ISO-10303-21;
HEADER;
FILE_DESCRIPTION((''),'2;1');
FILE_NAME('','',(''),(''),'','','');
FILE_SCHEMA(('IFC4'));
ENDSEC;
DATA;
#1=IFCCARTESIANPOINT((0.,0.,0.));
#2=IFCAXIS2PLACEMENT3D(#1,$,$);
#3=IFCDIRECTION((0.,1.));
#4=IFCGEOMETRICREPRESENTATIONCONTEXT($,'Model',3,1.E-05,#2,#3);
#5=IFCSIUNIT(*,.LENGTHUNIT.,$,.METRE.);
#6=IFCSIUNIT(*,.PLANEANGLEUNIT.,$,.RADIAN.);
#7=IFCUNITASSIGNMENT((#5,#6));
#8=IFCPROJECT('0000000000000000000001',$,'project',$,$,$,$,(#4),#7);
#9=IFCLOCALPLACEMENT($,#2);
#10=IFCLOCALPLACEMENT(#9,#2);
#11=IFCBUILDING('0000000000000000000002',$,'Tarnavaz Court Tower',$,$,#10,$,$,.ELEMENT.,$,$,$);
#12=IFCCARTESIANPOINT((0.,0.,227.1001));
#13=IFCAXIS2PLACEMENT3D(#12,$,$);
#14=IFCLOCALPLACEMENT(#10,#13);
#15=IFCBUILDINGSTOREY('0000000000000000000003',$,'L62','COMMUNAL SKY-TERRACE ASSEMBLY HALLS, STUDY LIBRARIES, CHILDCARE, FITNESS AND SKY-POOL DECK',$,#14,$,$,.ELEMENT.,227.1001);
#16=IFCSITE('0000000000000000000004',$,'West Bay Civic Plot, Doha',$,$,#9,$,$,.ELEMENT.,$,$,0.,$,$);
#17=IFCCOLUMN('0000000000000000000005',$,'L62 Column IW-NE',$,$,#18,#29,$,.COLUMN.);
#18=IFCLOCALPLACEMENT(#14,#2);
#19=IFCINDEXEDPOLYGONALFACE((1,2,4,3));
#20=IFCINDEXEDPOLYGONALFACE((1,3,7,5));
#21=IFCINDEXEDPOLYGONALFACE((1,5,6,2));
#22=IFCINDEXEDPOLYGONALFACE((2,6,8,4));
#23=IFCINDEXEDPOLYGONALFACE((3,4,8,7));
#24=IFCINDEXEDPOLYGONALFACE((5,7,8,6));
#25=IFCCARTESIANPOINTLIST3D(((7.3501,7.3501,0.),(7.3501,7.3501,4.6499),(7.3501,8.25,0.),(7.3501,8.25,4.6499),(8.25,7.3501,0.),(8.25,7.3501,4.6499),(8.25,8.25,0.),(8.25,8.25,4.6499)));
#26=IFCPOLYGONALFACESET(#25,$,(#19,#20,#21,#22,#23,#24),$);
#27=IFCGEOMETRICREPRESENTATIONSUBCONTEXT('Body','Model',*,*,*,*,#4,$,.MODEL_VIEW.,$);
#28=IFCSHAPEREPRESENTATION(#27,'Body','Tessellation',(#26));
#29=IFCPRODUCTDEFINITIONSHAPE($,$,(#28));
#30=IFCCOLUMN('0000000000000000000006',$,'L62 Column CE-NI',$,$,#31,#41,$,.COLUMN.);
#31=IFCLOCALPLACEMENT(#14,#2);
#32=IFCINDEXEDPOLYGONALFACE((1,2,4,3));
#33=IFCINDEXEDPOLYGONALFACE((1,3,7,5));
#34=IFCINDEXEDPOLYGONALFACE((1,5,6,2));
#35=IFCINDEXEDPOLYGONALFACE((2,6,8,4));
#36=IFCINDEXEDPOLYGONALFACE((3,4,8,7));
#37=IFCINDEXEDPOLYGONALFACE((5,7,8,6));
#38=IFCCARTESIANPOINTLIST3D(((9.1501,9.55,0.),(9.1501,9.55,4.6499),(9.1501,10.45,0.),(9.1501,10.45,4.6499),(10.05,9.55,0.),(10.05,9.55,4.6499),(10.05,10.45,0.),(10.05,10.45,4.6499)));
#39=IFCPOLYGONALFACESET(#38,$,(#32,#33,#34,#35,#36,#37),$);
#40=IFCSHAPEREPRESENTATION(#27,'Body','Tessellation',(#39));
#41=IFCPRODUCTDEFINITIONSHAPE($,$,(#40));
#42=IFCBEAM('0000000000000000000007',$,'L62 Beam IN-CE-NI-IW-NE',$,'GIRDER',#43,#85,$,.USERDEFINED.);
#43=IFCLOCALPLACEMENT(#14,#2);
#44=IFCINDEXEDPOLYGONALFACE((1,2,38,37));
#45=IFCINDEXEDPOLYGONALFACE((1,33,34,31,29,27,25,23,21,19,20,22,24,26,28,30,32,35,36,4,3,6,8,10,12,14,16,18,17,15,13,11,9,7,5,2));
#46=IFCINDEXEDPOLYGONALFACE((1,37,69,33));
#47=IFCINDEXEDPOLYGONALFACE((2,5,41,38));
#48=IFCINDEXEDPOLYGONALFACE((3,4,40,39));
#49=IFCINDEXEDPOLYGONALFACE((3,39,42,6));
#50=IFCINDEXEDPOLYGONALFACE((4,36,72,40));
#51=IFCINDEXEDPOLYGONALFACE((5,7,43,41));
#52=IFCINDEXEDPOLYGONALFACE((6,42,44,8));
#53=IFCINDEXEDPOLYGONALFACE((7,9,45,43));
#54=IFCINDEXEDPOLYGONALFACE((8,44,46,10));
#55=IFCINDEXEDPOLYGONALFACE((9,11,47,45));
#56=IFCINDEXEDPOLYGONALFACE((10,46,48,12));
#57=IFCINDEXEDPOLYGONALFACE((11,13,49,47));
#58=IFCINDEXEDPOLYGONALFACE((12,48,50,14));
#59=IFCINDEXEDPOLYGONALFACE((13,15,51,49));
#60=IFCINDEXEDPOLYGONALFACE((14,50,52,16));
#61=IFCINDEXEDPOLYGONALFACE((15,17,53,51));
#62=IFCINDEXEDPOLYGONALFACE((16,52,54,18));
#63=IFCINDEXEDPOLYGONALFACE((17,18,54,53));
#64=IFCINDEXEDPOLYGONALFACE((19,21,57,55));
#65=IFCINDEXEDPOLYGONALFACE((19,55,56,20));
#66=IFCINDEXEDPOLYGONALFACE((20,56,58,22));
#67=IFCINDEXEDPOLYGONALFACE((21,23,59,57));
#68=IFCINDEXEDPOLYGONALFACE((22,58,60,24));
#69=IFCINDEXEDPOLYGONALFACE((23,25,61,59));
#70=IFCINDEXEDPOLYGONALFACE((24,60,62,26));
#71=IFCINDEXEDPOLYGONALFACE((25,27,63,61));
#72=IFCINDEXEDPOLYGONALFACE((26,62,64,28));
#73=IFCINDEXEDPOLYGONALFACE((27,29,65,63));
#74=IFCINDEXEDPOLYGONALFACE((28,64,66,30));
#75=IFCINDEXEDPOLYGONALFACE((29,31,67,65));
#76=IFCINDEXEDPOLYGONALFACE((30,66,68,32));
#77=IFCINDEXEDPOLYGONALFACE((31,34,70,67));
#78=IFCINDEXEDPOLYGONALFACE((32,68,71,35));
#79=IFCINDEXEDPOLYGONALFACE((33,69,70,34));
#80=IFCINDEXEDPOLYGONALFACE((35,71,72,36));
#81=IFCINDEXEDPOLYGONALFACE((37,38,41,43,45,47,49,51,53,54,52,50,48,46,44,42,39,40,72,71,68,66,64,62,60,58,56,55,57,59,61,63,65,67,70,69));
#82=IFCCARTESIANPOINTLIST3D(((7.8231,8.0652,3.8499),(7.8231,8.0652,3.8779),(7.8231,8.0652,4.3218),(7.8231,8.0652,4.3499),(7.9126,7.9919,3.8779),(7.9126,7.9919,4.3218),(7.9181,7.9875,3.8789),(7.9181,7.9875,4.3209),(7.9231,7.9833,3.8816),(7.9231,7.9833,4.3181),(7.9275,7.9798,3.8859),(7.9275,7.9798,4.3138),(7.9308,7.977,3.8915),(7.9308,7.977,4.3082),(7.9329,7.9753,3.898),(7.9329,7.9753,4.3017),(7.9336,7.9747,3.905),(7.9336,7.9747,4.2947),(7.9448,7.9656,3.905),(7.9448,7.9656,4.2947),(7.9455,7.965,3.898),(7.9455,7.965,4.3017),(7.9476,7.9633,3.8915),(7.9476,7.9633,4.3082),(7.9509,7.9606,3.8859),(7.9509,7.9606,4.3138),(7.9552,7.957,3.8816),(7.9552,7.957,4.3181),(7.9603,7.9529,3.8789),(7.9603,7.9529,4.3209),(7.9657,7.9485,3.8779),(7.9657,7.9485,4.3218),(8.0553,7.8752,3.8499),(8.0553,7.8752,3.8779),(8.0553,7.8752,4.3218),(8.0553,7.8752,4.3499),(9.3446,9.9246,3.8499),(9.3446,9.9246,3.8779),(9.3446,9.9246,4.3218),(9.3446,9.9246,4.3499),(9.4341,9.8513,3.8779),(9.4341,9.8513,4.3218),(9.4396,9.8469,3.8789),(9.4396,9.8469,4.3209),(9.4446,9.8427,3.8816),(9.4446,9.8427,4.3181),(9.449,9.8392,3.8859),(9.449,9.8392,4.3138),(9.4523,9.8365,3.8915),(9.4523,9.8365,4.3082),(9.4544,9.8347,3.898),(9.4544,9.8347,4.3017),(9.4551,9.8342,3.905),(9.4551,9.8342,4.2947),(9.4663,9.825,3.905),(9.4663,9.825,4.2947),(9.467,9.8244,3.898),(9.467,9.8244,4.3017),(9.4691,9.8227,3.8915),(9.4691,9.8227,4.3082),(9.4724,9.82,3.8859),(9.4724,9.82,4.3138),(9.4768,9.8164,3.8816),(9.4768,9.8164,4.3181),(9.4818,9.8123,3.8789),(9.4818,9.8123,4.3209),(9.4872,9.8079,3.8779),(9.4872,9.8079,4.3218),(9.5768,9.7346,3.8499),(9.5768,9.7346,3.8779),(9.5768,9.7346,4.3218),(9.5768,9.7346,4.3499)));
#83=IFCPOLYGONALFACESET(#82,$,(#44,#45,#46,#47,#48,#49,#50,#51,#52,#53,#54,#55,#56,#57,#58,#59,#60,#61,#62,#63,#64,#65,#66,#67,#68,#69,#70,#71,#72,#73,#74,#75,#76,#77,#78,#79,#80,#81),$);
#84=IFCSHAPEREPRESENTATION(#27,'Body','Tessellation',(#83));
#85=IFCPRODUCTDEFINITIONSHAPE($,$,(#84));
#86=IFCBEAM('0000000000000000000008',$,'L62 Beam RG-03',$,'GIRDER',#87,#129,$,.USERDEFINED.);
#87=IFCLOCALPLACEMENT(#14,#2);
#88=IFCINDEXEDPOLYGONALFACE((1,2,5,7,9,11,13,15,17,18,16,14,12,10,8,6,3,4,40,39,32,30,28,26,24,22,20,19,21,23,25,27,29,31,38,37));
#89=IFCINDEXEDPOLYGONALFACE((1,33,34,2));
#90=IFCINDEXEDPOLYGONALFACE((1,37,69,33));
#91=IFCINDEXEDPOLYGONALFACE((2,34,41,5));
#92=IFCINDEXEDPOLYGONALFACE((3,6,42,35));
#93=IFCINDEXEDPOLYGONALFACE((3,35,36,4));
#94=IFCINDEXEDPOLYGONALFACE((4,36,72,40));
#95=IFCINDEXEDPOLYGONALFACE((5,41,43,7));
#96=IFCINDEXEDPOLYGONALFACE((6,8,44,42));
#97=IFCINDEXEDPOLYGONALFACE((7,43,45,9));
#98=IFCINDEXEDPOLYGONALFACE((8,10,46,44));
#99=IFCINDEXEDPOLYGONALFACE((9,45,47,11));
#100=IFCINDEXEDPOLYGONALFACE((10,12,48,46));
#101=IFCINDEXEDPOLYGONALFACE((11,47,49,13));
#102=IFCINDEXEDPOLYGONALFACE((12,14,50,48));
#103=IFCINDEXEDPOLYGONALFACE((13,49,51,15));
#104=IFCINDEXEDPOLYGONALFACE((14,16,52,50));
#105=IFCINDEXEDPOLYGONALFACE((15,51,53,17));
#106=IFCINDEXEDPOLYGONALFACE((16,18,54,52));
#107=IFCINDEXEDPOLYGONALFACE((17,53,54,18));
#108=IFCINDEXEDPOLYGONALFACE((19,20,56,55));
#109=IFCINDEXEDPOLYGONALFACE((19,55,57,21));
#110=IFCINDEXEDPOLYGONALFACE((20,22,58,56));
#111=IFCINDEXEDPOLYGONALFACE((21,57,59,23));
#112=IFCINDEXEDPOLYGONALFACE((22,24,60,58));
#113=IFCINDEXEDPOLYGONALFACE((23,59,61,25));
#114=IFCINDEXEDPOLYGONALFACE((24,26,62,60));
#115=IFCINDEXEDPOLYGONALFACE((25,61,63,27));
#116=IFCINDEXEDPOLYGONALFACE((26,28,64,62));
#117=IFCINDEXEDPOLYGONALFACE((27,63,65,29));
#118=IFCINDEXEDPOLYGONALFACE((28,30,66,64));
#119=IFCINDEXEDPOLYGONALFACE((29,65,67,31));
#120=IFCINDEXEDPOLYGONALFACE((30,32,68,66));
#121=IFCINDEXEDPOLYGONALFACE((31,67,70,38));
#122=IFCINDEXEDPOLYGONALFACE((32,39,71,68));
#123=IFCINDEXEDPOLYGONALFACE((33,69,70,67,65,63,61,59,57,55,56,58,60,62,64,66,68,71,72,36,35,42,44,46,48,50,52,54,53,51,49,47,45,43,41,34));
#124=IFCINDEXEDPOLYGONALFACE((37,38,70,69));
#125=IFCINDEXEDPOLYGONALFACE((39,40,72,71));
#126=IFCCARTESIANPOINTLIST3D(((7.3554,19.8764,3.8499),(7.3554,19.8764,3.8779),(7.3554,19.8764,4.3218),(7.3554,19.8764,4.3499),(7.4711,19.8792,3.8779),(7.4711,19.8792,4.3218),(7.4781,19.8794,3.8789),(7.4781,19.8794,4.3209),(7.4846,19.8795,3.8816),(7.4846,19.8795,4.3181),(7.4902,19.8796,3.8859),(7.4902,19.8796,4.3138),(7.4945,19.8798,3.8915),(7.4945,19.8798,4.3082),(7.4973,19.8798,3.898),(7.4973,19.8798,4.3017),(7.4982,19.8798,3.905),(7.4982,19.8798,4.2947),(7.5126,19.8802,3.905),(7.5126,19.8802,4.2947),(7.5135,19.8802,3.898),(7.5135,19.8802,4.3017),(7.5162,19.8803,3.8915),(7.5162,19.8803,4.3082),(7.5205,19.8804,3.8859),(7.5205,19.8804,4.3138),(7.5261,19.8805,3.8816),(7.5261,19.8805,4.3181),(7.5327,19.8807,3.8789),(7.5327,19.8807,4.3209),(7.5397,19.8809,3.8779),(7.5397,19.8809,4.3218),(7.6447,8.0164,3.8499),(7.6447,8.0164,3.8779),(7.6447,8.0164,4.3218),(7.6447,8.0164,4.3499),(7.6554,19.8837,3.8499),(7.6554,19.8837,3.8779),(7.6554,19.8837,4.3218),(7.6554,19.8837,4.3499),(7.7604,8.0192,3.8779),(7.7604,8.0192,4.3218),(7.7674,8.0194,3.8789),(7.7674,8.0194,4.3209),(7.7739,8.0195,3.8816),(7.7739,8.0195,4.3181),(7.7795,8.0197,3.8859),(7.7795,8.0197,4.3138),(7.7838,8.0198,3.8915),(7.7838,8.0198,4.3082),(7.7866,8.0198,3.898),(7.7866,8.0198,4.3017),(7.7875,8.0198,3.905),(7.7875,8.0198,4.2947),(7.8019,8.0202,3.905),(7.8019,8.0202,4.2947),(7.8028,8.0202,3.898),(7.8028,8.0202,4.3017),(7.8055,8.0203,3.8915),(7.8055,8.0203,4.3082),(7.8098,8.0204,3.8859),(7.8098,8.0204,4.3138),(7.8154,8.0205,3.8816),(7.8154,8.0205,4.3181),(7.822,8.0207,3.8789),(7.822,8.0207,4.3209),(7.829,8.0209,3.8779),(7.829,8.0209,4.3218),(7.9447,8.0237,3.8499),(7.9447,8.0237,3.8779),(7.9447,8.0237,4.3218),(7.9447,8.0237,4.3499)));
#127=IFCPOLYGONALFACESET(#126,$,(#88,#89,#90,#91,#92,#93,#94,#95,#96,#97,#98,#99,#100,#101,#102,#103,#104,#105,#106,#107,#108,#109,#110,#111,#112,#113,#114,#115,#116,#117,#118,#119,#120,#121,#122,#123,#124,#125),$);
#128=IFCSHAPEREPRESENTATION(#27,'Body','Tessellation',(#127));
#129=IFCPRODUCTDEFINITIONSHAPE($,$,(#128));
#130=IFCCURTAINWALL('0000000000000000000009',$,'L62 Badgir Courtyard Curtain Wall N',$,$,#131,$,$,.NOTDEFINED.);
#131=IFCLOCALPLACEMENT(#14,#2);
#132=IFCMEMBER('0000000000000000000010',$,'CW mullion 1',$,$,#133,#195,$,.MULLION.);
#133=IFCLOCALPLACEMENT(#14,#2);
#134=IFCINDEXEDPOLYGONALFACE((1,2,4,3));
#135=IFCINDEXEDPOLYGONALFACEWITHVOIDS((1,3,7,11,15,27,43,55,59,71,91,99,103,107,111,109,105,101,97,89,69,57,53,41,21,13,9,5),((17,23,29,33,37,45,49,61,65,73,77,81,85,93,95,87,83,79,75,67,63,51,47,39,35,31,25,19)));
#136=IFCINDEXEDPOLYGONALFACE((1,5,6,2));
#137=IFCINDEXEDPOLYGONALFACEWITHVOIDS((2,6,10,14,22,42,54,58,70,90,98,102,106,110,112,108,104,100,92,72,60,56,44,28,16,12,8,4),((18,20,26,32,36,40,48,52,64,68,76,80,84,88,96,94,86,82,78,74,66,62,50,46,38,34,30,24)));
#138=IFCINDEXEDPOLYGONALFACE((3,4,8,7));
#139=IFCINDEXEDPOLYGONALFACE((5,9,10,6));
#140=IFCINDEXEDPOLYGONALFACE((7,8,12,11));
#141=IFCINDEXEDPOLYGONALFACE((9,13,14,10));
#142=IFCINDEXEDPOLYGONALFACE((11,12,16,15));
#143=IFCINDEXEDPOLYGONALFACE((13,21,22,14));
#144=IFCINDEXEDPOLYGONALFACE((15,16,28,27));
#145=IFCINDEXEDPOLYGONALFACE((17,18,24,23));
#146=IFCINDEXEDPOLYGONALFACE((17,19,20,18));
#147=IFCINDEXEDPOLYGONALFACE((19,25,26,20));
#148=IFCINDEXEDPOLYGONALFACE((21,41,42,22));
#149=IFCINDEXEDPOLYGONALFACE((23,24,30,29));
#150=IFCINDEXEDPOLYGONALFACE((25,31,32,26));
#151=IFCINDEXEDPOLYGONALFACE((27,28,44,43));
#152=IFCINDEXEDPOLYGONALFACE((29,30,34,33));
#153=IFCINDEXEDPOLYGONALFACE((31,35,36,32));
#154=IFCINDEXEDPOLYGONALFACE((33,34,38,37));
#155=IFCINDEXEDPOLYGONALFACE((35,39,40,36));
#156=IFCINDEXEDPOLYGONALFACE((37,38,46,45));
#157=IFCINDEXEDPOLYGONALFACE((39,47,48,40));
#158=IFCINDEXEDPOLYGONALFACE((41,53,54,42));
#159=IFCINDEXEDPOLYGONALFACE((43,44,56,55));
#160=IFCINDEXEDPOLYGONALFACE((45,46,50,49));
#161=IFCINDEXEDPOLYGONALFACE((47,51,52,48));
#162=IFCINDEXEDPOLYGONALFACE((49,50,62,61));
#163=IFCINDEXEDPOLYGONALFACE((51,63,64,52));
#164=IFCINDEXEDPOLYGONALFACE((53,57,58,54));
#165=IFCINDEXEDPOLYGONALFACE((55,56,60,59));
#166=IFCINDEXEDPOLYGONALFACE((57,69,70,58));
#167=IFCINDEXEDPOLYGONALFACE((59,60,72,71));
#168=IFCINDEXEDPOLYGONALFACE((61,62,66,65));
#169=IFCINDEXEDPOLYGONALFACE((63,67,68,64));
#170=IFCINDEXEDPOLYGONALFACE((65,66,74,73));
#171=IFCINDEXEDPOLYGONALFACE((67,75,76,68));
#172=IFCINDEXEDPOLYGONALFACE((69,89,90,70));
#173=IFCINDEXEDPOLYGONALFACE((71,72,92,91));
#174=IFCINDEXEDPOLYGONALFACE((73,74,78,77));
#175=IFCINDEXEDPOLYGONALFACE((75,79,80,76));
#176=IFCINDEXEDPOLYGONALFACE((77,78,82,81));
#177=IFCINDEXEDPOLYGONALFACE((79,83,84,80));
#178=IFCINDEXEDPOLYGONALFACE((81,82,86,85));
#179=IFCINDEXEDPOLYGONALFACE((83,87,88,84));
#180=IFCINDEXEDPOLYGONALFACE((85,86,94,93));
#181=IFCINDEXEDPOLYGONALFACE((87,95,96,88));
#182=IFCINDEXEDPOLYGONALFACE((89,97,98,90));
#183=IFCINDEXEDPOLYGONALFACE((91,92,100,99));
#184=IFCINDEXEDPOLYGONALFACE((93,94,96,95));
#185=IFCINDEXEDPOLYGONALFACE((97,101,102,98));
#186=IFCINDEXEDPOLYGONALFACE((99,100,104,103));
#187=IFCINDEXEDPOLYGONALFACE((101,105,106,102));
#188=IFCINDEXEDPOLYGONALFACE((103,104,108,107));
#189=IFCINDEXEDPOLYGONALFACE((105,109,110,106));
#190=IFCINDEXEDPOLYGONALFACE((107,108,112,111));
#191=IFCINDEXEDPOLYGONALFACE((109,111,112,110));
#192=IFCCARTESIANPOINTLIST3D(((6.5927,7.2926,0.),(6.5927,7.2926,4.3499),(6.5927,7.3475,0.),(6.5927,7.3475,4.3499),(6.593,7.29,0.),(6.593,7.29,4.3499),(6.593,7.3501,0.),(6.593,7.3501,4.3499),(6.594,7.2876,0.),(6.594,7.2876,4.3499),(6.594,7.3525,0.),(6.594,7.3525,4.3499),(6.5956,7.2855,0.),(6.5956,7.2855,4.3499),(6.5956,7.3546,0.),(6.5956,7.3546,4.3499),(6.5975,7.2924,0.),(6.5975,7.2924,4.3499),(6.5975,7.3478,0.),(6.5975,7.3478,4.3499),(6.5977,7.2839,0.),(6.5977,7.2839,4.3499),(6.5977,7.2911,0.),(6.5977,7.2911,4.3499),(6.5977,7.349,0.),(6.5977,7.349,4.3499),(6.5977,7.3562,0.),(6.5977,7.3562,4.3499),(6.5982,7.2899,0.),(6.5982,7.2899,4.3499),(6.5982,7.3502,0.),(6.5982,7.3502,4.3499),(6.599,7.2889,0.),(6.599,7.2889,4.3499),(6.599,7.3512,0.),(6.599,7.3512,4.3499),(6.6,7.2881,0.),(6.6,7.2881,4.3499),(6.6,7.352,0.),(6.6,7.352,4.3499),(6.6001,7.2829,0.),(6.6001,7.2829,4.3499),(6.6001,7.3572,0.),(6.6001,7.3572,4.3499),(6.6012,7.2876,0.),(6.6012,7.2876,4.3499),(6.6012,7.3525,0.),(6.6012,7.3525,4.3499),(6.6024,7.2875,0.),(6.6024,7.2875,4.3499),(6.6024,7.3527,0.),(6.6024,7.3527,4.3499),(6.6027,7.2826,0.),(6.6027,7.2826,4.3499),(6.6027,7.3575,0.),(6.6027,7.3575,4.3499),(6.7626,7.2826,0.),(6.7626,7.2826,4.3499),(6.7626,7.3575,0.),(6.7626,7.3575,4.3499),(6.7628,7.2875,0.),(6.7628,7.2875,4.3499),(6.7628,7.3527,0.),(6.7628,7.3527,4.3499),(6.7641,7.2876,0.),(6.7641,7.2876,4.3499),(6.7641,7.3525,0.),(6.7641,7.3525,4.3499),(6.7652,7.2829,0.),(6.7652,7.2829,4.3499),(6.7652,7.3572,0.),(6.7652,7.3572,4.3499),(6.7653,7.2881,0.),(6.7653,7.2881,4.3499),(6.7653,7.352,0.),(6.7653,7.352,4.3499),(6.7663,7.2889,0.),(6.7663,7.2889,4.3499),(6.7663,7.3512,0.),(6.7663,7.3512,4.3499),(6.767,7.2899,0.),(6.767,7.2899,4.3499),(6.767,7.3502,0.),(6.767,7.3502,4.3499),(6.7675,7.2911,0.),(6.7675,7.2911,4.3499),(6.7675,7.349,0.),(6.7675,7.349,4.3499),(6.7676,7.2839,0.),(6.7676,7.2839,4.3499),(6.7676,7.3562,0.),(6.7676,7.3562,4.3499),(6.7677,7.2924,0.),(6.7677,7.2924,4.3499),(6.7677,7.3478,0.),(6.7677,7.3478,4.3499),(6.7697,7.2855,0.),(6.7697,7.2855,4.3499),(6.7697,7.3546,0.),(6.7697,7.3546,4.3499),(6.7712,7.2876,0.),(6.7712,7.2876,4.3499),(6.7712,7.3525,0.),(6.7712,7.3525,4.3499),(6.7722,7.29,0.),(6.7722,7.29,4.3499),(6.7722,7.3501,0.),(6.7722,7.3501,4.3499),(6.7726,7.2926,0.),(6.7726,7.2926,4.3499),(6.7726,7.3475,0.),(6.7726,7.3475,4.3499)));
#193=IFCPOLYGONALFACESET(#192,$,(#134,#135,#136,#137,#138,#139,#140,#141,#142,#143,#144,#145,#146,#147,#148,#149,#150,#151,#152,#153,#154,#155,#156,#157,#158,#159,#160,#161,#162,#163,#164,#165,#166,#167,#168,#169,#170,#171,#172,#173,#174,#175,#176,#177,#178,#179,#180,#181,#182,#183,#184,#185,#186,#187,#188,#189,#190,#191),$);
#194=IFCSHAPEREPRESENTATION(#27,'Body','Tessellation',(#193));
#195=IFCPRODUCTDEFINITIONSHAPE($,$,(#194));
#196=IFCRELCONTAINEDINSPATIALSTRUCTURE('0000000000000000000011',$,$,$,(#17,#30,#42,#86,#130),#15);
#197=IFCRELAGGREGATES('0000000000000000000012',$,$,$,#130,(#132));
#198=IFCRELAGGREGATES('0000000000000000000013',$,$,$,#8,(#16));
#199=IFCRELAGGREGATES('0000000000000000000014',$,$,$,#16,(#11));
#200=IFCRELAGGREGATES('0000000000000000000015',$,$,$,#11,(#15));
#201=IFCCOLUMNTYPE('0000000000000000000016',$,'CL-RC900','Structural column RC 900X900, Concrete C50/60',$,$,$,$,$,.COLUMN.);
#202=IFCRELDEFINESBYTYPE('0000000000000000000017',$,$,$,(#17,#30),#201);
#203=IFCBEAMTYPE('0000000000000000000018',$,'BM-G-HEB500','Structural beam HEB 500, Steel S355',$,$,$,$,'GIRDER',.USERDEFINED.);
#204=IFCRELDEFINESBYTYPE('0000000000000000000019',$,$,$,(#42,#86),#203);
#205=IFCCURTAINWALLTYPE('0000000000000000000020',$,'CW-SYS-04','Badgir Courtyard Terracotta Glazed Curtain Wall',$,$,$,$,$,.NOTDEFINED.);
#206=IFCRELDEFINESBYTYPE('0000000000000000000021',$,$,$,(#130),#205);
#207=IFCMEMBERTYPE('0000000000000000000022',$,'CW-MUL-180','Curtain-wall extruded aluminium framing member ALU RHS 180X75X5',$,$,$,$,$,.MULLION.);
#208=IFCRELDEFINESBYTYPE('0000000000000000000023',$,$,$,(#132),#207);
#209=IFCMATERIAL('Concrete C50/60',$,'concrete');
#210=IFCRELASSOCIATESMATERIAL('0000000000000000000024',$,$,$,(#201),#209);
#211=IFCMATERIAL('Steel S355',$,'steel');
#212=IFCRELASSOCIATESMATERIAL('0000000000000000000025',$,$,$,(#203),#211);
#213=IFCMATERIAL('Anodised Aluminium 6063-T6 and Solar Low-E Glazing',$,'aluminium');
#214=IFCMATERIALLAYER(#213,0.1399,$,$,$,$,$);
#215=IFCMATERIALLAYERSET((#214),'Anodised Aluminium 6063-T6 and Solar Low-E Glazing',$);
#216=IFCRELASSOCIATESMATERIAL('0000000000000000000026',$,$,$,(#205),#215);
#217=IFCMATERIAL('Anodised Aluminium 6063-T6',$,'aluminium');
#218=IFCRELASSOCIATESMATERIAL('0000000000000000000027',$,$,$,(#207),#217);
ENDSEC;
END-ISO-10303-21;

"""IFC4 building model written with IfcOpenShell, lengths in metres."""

from ifc_helpers import new_model, si_unit, direction, frame, origin, origin_2d, place, context, subcontext, project, spatial, rectangle, hollow_rectangle, i_section, extrude, material, layer, layer_set, material_profile, profile_set, type_object, element, aggregate, save


model = new_model("IFC4")

# Units and contexts
model_context = context("Model", 3, precision=1e-05, world=origin(), true_north=direction((0.0, 1.0)))
body_context = subcontext(model_context, "Body", "Model", "MODEL_VIEW")
ifc_project = project(units=[si_unit("LENGTHUNIT", "METRE"), si_unit("PLANEANGLEUNIT", "RADIAN")], contexts=[model_context])

# Site, building, storey
site_placement = place(None, origin())
site = spatial("IfcSite", under=ifc_project, at=site_placement, Name="West Bay Civic Plot, Doha", CompositionType="ELEMENT", RefElevation=0.0)
building_placement = place(site_placement, origin())
building = spatial("IfcBuilding", under=site, at=building_placement, Name="Tarnavaz Court Tower", CompositionType="ELEMENT")
storey_placement = place(building_placement, frame((0.0, 0.0, 227.1001)))
storey = spatial("IfcBuildingStorey", under=building, at=storey_placement, Name="L62", Description="COMMUNAL SKY-TERRACE ASSEMBLY HALLS, STUDY LIBRARIES, CHILDCARE, FITNESS AND SKY-POOL DECK", CompositionType="ELEMENT", Elevation=227.1001)

# Columns
ifc_material_1 = material(Name="Concrete C50/60", Category="concrete")
ifc_material_profile_1 = material_profile(ifc_material_1, rectangle(XDim=0.8999, YDim=0.8999, at=origin_2d()), Name="RC 900X900")
ifc_profile_set_1 = profile_set([ifc_material_profile_1], Name="Concrete C50/60")
column_type = type_object("IfcColumnType", Name="CL-RC900", Description="Structural column RC 900X900, Concrete C50/60", PredefinedType="COLUMN", material=ifc_profile_set_1)
for number, where, z_axis, x_axis, name in (
    (1, (7.8, 7.8, 0.0), (0.0, 0.0, 1.0), (1.0, 0.0, 0.0), "L62 Column IW-NE"),
    (2, (9.6001, 10.0, 0.0), (0.0, 0.0, 1.0), (1.0, 0.0, 0.0), "L62 Column CE-NI"),
):
    element("IfcColumn", number, at=place(storey_placement, frame(where, z_axis=z_axis, x_axis=x_axis)), inside=storey, type_object=column_type, Name=name, PredefinedType="COLUMN", context=body_context, shape_type="SweptSolid", body=[
        extrude(rectangle(XDim=0.8999, YDim=0.8999, at=origin_2d()), origin(), (0.0, 0.0, 1.0), 4.6499),
    ])

# Beams
ifc_material_2 = material(Name="Steel S355", Category="steel")
ifc_material_profile_2 = material_profile(ifc_material_2, i_section(OverallWidth=0.3, OverallDepth=0.5, WebThickness=0.0144, FlangeThickness=0.0281, FilletRadius=0.0271, at=origin_2d()), Name="HEB 500")
ifc_profile_set_2 = profile_set([ifc_material_profile_2], Name="Steel S355")
beam_type = type_object("IfcBeamType", Name="BM-G-HEB500", Description="Structural beam HEB 500, Steel S355", ElementType="GIRDER", PredefinedType="USERDEFINED", material=ifc_profile_set_2)
beam_1_placement = place(storey_placement, frame((9.4607, 9.8296, 4.0999), z_axis=(-0.633282, -0.773921, 0.0), x_axis=(0.773921, -0.633282, 0.0)))
element("IfcBeam", 3, at=beam_1_placement, inside=storey, type_object=beam_type, Name="L62 Beam IN-CE-NI-IW-NE", ObjectType="GIRDER", PredefinedType="USERDEFINED", context=body_context, shape_type="SweptSolid", body=[
    extrude(i_section(OverallWidth=0.3, OverallDepth=0.5, WebThickness=0.0144, FlangeThickness=0.0281, FilletRadius=0.0271, at=origin_2d()), origin(), (0.0, 0.0, 1.0), 2.4026),
])
beam_2_placement = place(storey_placement, frame((7.7947, 8.02, 4.0999), z_axis=(-0.024386, 0.999703, 0.0), x_axis=(-0.999703, -0.024386, 0.0)))
element("IfcBeam", 4, at=beam_2_placement, inside=storey, type_object=beam_type, Name="L62 Beam RG-03", ObjectType="GIRDER", PredefinedType="USERDEFINED", context=body_context, shape_type="SweptSolid", body=[
    extrude(i_section(OverallWidth=0.3, OverallDepth=0.5, WebThickness=0.0144, FlangeThickness=0.0281, FilletRadius=0.0271, at=origin_2d()), origin(), (0.0, 0.0, 1.0), 11.8635),
])

# Curtain wall, member
ifc_material_3 = material(Name="Anodised Aluminium 6063-T6 and Solar Low-E Glazing", Category="aluminium")
ifc_layer_1 = layer(ifc_material_3, 0.1399)
ifc_layer_set_1 = layer_set([ifc_layer_1], Name="Anodised Aluminium 6063-T6 and Solar Low-E Glazing")
curtain_wall_type = type_object("IfcCurtainWallType", Name="CW-SYS-04", Description="Badgir Courtyard Terracotta Glazed Curtain Wall", PredefinedType="NOTDEFINED", material=ifc_layer_set_1)
curtain_wall_placement = place(storey_placement, origin())
curtain_wall = element("IfcCurtainWall", 5, at=curtain_wall_placement, inside=storey, type_object=curtain_wall_type, Name="L62 Badgir Courtyard Curtain Wall N", PredefinedType="NOTDEFINED")
ifc_material_4 = material(Name="Anodised Aluminium 6063-T6", Category="aluminium")
ifc_material_profile_3 = material_profile(ifc_material_4, hollow_rectangle(XDim=0.075, YDim=0.1799, WallThickness=0.0049, InnerFilletRadius=0.0049, OuterFilletRadius=0.01, at=origin_2d()), Name="ALU RHS 180X75X5")
ifc_profile_set_3 = profile_set([ifc_material_profile_3], Name="Anodised Aluminium 6063-T6")
member_type_1 = type_object("IfcMemberType", Name="CW-MUL-180", Description="Curtain-wall extruded aluminium framing member ALU RHS 180X75X5", PredefinedType="MULLION", material=ifc_profile_set_3)
member_1_placement = place(storey_placement, frame((6.6826, 7.3201, 0.0), z_axis=(0.0, 0.0, 1.0), x_axis=(0.0, -1.0, 0.0)))
member_1 = element("IfcMember", 6, at=member_1_placement, type_object=member_type_1, Name="CW mullion 1", PredefinedType="MULLION", context=body_context, shape_type="SweptSolid", body=[
    extrude(hollow_rectangle(XDim=0.075, YDim=0.1799, WallThickness=0.0049, InnerFilletRadius=0.0049, OuterFilletRadius=0.01, at=origin_2d()), origin(), (0.0, 0.0, 1.0), 4.3499),
])
aggregate(curtain_wall, [member_1])

save(model, "model.ifc")
